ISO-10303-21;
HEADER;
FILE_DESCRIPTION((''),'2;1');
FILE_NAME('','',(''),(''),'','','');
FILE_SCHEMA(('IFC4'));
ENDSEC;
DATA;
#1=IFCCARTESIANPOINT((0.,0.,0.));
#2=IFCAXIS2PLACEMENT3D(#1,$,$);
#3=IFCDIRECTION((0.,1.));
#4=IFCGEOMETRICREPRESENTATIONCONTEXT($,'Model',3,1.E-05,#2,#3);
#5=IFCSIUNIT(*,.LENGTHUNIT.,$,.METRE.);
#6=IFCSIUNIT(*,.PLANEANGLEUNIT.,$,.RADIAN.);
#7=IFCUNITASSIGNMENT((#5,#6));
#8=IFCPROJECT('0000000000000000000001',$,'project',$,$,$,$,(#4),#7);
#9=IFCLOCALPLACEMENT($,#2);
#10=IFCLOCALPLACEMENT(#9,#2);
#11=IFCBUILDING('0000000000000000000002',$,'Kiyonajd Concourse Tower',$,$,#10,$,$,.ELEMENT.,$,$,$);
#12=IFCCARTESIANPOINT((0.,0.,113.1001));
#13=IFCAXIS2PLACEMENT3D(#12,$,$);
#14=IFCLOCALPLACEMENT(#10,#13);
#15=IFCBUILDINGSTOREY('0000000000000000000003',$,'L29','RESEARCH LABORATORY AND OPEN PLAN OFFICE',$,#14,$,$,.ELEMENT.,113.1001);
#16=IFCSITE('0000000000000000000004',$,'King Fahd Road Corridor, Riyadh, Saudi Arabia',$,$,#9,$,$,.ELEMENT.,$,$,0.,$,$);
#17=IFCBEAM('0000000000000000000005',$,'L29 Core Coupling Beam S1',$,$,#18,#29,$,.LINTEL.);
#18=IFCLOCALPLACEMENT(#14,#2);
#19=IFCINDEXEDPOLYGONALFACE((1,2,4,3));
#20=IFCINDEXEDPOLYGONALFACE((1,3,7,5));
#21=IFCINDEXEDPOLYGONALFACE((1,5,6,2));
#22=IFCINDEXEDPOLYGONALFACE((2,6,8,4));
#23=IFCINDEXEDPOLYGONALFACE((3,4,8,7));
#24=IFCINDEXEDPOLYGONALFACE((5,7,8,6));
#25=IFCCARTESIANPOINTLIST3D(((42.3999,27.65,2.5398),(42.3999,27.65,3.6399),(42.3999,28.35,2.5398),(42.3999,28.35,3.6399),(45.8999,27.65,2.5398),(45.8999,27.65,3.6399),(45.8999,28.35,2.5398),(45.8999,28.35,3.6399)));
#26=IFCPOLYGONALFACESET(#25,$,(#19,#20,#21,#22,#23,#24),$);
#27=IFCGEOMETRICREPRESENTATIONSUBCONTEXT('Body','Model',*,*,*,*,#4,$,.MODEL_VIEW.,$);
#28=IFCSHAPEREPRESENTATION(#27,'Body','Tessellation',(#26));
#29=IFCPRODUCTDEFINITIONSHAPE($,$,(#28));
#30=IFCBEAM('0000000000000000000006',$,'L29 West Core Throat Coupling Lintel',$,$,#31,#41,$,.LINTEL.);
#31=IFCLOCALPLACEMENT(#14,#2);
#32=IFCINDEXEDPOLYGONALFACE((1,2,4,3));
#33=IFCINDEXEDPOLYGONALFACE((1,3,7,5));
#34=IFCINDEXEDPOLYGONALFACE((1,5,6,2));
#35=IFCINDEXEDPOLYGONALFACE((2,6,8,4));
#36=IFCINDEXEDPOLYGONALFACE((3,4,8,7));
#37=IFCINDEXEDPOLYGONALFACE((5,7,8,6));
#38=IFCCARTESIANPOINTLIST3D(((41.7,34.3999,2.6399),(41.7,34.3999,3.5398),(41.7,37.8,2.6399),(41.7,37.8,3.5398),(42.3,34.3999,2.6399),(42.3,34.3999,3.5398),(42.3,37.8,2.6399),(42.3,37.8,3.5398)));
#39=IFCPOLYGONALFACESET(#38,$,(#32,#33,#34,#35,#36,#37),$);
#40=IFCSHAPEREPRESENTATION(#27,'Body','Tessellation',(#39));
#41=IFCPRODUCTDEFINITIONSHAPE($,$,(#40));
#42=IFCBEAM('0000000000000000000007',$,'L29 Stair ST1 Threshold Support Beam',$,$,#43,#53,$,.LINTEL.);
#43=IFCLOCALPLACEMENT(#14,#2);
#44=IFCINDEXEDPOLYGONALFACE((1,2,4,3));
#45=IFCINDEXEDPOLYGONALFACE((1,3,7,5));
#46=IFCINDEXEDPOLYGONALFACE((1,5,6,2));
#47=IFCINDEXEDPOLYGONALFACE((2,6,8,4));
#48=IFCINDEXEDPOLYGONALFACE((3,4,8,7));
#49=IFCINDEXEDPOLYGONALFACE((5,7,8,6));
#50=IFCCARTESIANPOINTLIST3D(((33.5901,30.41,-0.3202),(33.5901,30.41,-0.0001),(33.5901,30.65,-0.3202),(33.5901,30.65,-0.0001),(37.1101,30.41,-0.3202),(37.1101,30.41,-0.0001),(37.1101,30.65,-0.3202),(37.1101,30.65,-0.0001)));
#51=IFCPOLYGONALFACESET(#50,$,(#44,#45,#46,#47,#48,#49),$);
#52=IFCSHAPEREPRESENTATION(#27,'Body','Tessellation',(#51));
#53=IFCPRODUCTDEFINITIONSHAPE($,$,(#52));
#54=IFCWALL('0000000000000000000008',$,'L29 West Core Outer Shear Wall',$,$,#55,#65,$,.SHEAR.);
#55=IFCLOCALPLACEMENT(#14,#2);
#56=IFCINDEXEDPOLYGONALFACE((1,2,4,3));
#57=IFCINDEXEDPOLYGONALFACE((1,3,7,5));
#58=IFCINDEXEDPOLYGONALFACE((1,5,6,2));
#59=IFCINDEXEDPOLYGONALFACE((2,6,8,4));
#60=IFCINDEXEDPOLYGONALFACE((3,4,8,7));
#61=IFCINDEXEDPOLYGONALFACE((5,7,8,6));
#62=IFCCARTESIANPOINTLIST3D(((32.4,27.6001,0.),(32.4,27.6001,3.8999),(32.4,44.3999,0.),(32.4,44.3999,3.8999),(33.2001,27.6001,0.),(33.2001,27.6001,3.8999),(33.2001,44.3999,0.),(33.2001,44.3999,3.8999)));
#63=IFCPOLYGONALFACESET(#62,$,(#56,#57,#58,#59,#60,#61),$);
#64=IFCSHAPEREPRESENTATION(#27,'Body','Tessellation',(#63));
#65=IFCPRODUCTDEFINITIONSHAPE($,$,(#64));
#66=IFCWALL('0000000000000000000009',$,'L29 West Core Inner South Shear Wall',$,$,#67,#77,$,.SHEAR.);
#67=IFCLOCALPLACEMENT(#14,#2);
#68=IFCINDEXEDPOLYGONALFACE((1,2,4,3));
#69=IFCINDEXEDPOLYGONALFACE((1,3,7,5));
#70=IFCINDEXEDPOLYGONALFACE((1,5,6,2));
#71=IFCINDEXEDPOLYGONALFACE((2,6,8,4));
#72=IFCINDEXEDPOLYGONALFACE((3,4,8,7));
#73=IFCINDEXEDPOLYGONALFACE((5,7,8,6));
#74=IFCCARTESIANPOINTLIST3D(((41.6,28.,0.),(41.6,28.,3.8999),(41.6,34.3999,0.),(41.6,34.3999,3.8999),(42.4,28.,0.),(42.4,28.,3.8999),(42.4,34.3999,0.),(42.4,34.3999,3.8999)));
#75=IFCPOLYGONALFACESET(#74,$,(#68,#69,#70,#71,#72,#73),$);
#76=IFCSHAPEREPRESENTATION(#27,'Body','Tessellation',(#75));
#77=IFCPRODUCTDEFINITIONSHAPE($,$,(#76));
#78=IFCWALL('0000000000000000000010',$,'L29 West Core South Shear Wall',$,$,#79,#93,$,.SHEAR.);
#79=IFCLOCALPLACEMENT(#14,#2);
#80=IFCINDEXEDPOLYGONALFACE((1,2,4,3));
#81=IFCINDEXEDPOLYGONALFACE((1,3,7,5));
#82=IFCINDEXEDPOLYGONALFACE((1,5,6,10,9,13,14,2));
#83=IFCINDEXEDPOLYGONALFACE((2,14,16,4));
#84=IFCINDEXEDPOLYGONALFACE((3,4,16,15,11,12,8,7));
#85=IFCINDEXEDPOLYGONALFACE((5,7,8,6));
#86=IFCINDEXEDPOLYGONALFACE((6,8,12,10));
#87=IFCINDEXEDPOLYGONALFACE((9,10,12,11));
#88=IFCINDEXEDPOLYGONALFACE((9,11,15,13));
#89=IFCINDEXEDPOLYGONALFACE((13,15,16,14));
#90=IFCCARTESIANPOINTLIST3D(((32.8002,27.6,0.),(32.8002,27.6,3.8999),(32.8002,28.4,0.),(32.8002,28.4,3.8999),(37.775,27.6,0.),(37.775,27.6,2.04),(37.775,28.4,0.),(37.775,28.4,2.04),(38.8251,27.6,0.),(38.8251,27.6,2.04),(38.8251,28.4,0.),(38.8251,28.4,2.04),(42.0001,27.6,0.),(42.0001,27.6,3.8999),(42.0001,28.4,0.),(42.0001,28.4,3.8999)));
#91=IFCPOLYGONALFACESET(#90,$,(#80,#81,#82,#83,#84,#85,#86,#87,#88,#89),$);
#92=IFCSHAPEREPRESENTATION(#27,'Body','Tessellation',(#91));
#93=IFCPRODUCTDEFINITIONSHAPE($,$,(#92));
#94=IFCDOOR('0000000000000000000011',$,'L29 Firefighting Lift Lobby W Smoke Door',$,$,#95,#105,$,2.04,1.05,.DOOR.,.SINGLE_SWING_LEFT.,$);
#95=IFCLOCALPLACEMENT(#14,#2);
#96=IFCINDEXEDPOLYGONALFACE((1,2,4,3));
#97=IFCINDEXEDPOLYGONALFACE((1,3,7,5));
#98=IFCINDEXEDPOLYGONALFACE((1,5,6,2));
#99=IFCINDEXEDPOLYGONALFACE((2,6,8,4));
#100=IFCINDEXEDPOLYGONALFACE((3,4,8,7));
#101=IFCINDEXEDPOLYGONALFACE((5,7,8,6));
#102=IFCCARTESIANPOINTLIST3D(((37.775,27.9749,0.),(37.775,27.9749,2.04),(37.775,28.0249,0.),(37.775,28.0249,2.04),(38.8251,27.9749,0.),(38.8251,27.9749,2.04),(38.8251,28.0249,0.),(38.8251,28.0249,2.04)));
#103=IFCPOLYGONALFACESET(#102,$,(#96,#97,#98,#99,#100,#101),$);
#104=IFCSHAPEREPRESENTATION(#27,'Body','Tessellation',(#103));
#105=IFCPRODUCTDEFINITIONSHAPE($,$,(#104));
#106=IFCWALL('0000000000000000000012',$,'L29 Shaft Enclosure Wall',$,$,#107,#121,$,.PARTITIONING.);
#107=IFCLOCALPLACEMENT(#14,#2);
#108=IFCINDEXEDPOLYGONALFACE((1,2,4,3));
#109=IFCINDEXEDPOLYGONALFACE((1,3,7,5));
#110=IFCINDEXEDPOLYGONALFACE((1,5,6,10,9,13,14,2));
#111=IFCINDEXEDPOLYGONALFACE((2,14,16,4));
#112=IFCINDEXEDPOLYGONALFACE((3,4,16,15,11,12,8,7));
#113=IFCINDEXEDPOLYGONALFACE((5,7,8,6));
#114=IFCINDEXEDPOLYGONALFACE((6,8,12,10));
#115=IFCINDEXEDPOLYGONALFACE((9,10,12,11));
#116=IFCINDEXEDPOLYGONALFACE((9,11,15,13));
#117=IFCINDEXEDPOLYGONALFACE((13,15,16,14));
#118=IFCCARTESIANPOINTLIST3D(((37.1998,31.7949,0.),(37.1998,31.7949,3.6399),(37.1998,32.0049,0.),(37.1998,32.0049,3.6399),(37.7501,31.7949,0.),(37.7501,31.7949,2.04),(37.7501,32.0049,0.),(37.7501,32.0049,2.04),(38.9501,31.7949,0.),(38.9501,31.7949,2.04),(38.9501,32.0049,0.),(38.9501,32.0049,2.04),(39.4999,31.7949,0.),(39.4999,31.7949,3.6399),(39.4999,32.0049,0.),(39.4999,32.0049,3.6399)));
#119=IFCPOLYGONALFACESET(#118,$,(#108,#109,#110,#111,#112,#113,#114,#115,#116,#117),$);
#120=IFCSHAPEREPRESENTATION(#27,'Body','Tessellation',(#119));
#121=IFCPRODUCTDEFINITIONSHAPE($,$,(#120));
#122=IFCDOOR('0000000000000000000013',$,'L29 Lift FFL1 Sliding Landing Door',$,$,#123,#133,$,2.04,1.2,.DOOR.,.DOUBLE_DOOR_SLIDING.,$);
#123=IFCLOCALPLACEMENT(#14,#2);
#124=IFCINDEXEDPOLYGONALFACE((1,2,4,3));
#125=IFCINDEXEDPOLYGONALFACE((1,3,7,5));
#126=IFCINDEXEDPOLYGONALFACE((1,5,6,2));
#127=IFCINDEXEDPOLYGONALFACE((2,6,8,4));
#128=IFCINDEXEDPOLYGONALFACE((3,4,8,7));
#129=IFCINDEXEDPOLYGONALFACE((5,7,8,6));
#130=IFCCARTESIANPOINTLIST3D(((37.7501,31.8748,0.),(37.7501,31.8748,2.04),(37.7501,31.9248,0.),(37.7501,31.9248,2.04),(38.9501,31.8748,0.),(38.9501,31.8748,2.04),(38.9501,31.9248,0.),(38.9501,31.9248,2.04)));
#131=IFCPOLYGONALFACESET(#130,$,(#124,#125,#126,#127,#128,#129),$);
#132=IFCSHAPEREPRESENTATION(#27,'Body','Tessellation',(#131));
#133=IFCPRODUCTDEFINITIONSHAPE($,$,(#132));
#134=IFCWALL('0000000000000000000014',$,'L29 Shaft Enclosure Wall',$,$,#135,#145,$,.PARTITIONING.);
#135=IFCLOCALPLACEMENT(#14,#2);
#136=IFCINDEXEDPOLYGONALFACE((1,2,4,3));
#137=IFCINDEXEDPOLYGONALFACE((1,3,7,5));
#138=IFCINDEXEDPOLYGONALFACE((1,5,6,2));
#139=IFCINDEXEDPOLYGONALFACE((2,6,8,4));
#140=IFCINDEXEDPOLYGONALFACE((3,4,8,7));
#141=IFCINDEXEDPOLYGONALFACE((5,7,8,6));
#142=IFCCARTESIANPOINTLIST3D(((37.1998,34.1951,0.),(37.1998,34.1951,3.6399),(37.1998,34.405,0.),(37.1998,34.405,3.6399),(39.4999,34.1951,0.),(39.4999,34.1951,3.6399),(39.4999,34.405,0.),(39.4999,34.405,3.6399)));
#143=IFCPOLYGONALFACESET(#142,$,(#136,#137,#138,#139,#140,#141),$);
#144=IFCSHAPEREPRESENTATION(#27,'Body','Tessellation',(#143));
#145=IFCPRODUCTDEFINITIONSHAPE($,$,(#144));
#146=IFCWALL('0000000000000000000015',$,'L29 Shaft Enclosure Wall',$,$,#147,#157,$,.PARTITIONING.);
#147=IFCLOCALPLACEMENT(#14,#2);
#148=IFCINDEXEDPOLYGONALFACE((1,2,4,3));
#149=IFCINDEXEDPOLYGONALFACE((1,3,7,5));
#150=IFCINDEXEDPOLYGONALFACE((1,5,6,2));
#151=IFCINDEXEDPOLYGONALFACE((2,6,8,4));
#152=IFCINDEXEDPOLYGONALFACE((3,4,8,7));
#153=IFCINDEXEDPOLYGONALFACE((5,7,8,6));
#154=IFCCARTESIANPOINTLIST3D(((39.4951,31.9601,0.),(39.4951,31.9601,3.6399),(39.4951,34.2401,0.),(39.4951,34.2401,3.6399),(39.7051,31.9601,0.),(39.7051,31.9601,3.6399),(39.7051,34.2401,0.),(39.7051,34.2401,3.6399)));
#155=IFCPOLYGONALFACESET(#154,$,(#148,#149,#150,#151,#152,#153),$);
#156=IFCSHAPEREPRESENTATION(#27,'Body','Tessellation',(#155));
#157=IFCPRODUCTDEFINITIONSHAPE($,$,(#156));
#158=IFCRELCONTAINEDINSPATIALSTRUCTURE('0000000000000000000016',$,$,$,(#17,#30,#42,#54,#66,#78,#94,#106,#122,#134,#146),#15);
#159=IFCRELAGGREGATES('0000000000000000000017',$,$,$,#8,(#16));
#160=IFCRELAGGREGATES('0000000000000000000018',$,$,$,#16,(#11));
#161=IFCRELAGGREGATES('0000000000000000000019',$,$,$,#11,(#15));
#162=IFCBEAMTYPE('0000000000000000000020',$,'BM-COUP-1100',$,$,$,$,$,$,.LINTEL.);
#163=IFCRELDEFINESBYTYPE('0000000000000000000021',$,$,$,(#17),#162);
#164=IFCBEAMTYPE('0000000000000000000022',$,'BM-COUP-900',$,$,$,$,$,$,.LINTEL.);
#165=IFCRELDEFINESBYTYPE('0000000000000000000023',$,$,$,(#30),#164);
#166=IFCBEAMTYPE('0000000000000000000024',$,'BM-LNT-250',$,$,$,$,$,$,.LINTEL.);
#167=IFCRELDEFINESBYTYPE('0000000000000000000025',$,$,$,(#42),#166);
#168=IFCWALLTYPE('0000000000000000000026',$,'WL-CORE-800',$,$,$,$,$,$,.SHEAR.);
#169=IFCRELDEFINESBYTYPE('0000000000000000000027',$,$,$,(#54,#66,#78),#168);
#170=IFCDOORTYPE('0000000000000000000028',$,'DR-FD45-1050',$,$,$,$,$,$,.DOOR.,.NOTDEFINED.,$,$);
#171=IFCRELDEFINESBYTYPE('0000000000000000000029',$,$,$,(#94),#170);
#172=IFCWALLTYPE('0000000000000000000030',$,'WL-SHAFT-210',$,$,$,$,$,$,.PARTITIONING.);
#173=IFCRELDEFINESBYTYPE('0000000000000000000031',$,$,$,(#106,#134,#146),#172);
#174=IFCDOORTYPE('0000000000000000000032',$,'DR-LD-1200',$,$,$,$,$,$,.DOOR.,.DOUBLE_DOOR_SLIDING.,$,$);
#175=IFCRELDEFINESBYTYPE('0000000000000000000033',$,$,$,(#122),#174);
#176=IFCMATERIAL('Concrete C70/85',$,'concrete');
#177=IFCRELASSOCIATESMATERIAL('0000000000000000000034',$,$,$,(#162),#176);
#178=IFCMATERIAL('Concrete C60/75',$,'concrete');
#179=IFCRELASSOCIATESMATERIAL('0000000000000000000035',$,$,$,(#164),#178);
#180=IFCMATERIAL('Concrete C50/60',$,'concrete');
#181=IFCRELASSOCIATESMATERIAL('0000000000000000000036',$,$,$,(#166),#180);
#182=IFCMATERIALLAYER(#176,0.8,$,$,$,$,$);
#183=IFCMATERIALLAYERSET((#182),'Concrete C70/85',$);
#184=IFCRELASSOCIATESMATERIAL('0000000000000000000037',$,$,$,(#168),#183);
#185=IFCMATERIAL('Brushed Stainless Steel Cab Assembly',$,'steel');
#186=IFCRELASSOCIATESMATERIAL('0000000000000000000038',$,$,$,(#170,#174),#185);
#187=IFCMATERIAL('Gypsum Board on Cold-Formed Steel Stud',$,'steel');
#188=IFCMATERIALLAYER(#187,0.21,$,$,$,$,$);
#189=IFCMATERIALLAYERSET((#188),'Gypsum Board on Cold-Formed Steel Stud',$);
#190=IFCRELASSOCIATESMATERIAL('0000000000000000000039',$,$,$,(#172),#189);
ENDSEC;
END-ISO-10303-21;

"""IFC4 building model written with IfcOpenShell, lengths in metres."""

from ifc_helpers import new_model, si_unit, direction, frame, frame_2d, origin, origin_2d, place, context, subcontext, project, spatial, rectangle, extrude, material, layer, layer_set, material_profile, profile_set, type_object, element, fill, save


model = new_model("IFC4")

# Units and contexts
model_context = context("Model", 3, precision=1e-05, world=origin(), true_north=direction((0.0, 1.0)))
body_context = subcontext(model_context, "Body", "Model", "MODEL_VIEW")
ifc_project = project(units=[si_unit("LENGTHUNIT", "METRE"), si_unit("PLANEANGLEUNIT", "RADIAN")], contexts=[model_context])

# Site, building, storey
site_placement = place(None, origin())
site = spatial("IfcSite", under=ifc_project, at=site_placement, Name="King Fahd Road Corridor, Riyadh, Saudi Arabia", CompositionType="ELEMENT", RefElevation=0.0)
building_placement = place(site_placement, origin())
building = spatial("IfcBuilding", under=site, at=building_placement, Name="Kiyonajd Concourse Tower", CompositionType="ELEMENT")
storey_placement = place(building_placement, frame((0.0, 0.0, 113.1001)))
storey = spatial("IfcBuildingStorey", under=building, at=storey_placement, Name="L29", Description="RESEARCH LABORATORY AND OPEN PLAN OFFICE", CompositionType="ELEMENT", Elevation=113.1001)

# Beams
ifc_material_1 = material(Name="Concrete C70/85", Category="concrete")
ifc_material_profile_1 = material_profile(ifc_material_1, rectangle(XDim=0.7, YDim=1.1001, at=origin_2d()), Name="RCBM-700x1100")
ifc_profile_set_1 = profile_set([ifc_material_profile_1], Name="Concrete C70/85")
beam_type_1 = type_object("IfcBeamType", Name="BM-COUP-1100", PredefinedType="LINTEL", material=ifc_profile_set_1)
beam_1_placement = place(storey_placement, frame((42.3999, 28.0, 3.0898), z_axis=(1.0, 0.0, 0.0), x_axis=(0.0, 1.0, 0.0)))
element("IfcBeam", 1, at=beam_1_placement, inside=storey, type_object=beam_type_1, Name="L29 Core Coupling Beam S1", PredefinedType="LINTEL", context=body_context, shape_type="SweptSolid", body=[
    extrude(rectangle(XDim=0.7, YDim=1.1001, at=origin_2d()), origin(), (0.0, 0.0, 1.0), 3.5),
])
ifc_material_2 = material(Name="Concrete C60/75", Category="concrete")
ifc_material_profile_2 = material_profile(ifc_material_2, rectangle(XDim=0.6001, YDim=0.8999, at=origin_2d()), Name="RCBM-600x900")
ifc_profile_set_2 = profile_set([ifc_material_profile_2], Name="Concrete C60/75")
beam_type_2 = type_object("IfcBeamType", Name="BM-COUP-900", PredefinedType="LINTEL", material=ifc_profile_set_2)
beam_2_placement = place(storey_placement, frame((42.0, 34.3999, 3.0898), z_axis=(0.0, 1.0, 0.0), x_axis=(-1.0, 0.0, 0.0)))
element("IfcBeam", 2, at=beam_2_placement, inside=storey, type_object=beam_type_2, Name="L29 West Core Throat Coupling Lintel", PredefinedType="LINTEL", context=body_context, shape_type="SweptSolid", body=[
    extrude(rectangle(XDim=0.6001, YDim=0.8999, at=origin_2d()), origin(), (0.0, 0.0, 1.0), 3.4001),
])
ifc_material_3 = material(Name="Concrete C50/60", Category="concrete")
ifc_material_profile_3 = material_profile(ifc_material_3, rectangle(XDim=0.24, YDim=0.3201, at=origin_2d()), Name="RCBM-240x320")
ifc_profile_set_3 = profile_set([ifc_material_profile_3], Name="Concrete C50/60")
beam_type_3 = type_object("IfcBeamType", Name="BM-LNT-250", PredefinedType="LINTEL", material=ifc_profile_set_3)
beam_3_placement = place(storey_placement, frame((33.5901, 30.53, -0.1602), z_axis=(1.0, 0.0, 0.0), x_axis=(0.0, 1.0, 0.0)))
element("IfcBeam", 3, at=beam_3_placement, inside=storey, type_object=beam_type_3, Name="L29 Stair ST1 Threshold Support Beam", PredefinedType="LINTEL", context=body_context, shape_type="SweptSolid", body=[
    extrude(rectangle(XDim=0.24, YDim=0.3201, at=origin_2d()), origin(), (0.0, 0.0, 1.0), 3.52),
])

# Walls
ifc_layer_1 = layer(ifc_material_1, 0.8)
ifc_layer_set_1 = layer_set([ifc_layer_1], Name="Concrete C70/85")
wall_type_1 = type_object("IfcWallType", Name="WL-CORE-800", PredefinedType="SHEAR", material=ifc_layer_set_1)
wall_1_placement = place(storey_placement, frame((32.8, 27.6001, 0.0), z_axis=(0.0, 0.0, 1.0), x_axis=(0.0, 1.0, 0.0)))
element("IfcWall", 4, at=wall_1_placement, inside=storey, type_object=wall_type_1, Name="L29 West Core Outer Shear Wall", PredefinedType="SHEAR", context=body_context, shape_type="SweptSolid", body=[
    extrude(rectangle(XDim=16.7998, YDim=0.8, at=frame_2d((8.3999, 0.0))), origin(), (0.0, 0.0, 1.0), 3.8999),
])
wall_2_placement = place(storey_placement, frame((42.0, 28.0, 0.0), z_axis=(0.0, 0.0, 1.0), x_axis=(0.0, 1.0, 0.0)))
element("IfcWall", 5, at=wall_2_placement, inside=storey, type_object=wall_type_1, Name="L29 West Core Inner South Shear Wall", PredefinedType="SHEAR", context=body_context, shape_type="SweptSolid", body=[
    extrude(rectangle(XDim=6.3999, YDim=0.8, at=frame_2d((3.2, 0.0))), origin(), (0.0, 0.0, 1.0), 3.8999),
])

# Walls, openings, doors
wall_3_placement = place(storey_placement, frame((32.8, 28.0, 0.0), z_axis=(0.0, 0.0, 1.0), x_axis=(1.0, 0.0, 0.0)))
wall_3 = element("IfcWall", 6, at=wall_3_placement, inside=storey, type_object=wall_type_1, Name="L29 West Core South Shear Wall", PredefinedType="SHEAR", context=body_context, shape_type="SweptSolid", body=[
    extrude(rectangle(XDim=9.2, YDim=0.8, at=frame_2d((4.6001, 0.0))), origin(), (0.0, 0.0, 1.0), 3.8999),
])
opening_1_placement = place(wall_3_placement, frame((4.9751, 0.0, 0.0)))
opening_1 = element("IfcOpeningElement", 7, at=opening_1_placement, cuts=wall_3, PredefinedType="OPENING", context=body_context, shape_type="SweptSolid", body=[
    extrude(rectangle(XDim=1.05, YDim=2.04, at=frame_2d((0.5249, 1.02))), frame((0.0, 0.4099, 0.0), z_axis=(0.0, -1.0, 0.0), x_axis=(1.0, 0.0, 0.0)), (0.0, 0.0, 1.0), 0.8201),
])
ifc_material_4 = material(Name="Brushed Stainless Steel Cab Assembly", Category="steel")
door_type_1 = type_object("IfcDoorType", Name="DR-FD45-1050", OperationType="NOTDEFINED", PredefinedType="DOOR", material=ifc_material_4)
door_1_placement = place(opening_1_placement, origin())
door_1 = element("IfcDoor", 8, at=door_1_placement, inside=storey, type_object=door_type_1, Name="L29 Firefighting Lift Lobby W Smoke Door", OperationType="SINGLE_SWING_LEFT", OverallHeight=2.04, OverallWidth=1.05, PredefinedType="DOOR", context=body_context, shape_type="SweptSolid", body=[
    extrude(rectangle(XDim=1.05, YDim=2.04, at=frame_2d((0.5249, 1.02))), frame((0.0, 0.0249, 0.0), z_axis=(0.0, -1.0, 0.0), x_axis=(1.0, 0.0, 0.0)), (0.0, 0.0, 1.0), 0.05),
])
fill(opening_1, door_1)
ifc_material_5 = material(Name="Gypsum Board on Cold-Formed Steel Stud", Category="steel")
ifc_layer_2 = layer(ifc_material_5, 0.21)
ifc_layer_set_2 = layer_set([ifc_layer_2], Name="Gypsum Board on Cold-Formed Steel Stud")
wall_type_2 = type_object("IfcWallType", Name="WL-SHAFT-210", PredefinedType="PARTITIONING", material=ifc_layer_set_2)
wall_4_placement = place(storey_placement, frame((37.2, 31.8999, 0.0), z_axis=(0.0, 0.0, 1.0), x_axis=(1.0, 0.0, 0.0)))
wall_4 = element("IfcWall", 9, at=wall_4_placement, inside=storey, type_object=wall_type_2, Name="L29 Shaft Enclosure Wall", PredefinedType="PARTITIONING", context=body_context, shape_type="SweptSolid", body=[
    extrude(rectangle(XDim=2.3, YDim=0.21, at=frame_2d((1.1499, 0.0))), origin(), (0.0, 0.0, 1.0), 3.6399),
])
opening_2_placement = place(wall_4_placement, frame((0.55, 0.0, 0.0)))
opening_2 = element("IfcOpeningElement", 10, at=opening_2_placement, cuts=wall_4, PredefinedType="OPENING", context=body_context, shape_type="SweptSolid", body=[
    extrude(rectangle(XDim=1.2, YDim=2.04, at=frame_2d((0.6001, 1.02))), frame((0.0, 0.115, 0.0), z_axis=(0.0, -1.0, 0.0), x_axis=(1.0, 0.0, 0.0)), (0.0, 0.0, 1.0), 0.23),
])
door_type_2 = type_object("IfcDoorType", Name="DR-LD-1200", OperationType="DOUBLE_DOOR_SLIDING", PredefinedType="DOOR", material=ifc_material_4)
door_2_placement = place(opening_2_placement, origin())
door_2 = element("IfcDoor", 11, at=door_2_placement, inside=storey, type_object=door_type_2, Name="L29 Lift FFL1 Sliding Landing Door", OperationType="DOUBLE_DOOR_SLIDING", OverallHeight=2.04, OverallWidth=1.2, PredefinedType="DOOR", context=body_context, shape_type="SweptSolid", body=[
    extrude(rectangle(XDim=1.2, YDim=2.04, at=frame_2d((0.6001, 1.02))), frame((0.0, 0.0249, 0.0), z_axis=(0.0, -1.0, 0.0), x_axis=(1.0, 0.0, 0.0)), (0.0, 0.0, 1.0), 0.05),
])
fill(opening_2, door_2)

# Walls
wall_5_placement = place(storey_placement, frame((37.2, 34.3, 0.0), z_axis=(0.0, 0.0, 1.0), x_axis=(1.0, 0.0, 0.0)))
element("IfcWall", 12, at=wall_5_placement, inside=storey, type_object=wall_type_2, Name="L29 Shaft Enclosure Wall", PredefinedType="PARTITIONING", context=body_context, shape_type="SweptSolid", body=[
    extrude(rectangle(XDim=2.3, YDim=0.21, at=frame_2d((1.1499, 0.0))), origin(), (0.0, 0.0, 1.0), 3.6399),
])
wall_6_placement = place(storey_placement, frame((39.6001, 31.96, 0.0), z_axis=(0.0, 0.0, 1.0), x_axis=(0.0, 1.0, 0.0)))
element("IfcWall", 13, at=wall_6_placement, inside=storey, type_object=wall_type_2, Name="L29 Shaft Enclosure Wall", PredefinedType="PARTITIONING", context=body_context, shape_type="SweptSolid", body=[
    extrude(rectangle(XDim=2.28, YDim=0.21, at=frame_2d((1.1401, 0.0))), origin(), (0.0, 0.0, 1.0), 3.6399),
])

save(model, "model.ifc")
